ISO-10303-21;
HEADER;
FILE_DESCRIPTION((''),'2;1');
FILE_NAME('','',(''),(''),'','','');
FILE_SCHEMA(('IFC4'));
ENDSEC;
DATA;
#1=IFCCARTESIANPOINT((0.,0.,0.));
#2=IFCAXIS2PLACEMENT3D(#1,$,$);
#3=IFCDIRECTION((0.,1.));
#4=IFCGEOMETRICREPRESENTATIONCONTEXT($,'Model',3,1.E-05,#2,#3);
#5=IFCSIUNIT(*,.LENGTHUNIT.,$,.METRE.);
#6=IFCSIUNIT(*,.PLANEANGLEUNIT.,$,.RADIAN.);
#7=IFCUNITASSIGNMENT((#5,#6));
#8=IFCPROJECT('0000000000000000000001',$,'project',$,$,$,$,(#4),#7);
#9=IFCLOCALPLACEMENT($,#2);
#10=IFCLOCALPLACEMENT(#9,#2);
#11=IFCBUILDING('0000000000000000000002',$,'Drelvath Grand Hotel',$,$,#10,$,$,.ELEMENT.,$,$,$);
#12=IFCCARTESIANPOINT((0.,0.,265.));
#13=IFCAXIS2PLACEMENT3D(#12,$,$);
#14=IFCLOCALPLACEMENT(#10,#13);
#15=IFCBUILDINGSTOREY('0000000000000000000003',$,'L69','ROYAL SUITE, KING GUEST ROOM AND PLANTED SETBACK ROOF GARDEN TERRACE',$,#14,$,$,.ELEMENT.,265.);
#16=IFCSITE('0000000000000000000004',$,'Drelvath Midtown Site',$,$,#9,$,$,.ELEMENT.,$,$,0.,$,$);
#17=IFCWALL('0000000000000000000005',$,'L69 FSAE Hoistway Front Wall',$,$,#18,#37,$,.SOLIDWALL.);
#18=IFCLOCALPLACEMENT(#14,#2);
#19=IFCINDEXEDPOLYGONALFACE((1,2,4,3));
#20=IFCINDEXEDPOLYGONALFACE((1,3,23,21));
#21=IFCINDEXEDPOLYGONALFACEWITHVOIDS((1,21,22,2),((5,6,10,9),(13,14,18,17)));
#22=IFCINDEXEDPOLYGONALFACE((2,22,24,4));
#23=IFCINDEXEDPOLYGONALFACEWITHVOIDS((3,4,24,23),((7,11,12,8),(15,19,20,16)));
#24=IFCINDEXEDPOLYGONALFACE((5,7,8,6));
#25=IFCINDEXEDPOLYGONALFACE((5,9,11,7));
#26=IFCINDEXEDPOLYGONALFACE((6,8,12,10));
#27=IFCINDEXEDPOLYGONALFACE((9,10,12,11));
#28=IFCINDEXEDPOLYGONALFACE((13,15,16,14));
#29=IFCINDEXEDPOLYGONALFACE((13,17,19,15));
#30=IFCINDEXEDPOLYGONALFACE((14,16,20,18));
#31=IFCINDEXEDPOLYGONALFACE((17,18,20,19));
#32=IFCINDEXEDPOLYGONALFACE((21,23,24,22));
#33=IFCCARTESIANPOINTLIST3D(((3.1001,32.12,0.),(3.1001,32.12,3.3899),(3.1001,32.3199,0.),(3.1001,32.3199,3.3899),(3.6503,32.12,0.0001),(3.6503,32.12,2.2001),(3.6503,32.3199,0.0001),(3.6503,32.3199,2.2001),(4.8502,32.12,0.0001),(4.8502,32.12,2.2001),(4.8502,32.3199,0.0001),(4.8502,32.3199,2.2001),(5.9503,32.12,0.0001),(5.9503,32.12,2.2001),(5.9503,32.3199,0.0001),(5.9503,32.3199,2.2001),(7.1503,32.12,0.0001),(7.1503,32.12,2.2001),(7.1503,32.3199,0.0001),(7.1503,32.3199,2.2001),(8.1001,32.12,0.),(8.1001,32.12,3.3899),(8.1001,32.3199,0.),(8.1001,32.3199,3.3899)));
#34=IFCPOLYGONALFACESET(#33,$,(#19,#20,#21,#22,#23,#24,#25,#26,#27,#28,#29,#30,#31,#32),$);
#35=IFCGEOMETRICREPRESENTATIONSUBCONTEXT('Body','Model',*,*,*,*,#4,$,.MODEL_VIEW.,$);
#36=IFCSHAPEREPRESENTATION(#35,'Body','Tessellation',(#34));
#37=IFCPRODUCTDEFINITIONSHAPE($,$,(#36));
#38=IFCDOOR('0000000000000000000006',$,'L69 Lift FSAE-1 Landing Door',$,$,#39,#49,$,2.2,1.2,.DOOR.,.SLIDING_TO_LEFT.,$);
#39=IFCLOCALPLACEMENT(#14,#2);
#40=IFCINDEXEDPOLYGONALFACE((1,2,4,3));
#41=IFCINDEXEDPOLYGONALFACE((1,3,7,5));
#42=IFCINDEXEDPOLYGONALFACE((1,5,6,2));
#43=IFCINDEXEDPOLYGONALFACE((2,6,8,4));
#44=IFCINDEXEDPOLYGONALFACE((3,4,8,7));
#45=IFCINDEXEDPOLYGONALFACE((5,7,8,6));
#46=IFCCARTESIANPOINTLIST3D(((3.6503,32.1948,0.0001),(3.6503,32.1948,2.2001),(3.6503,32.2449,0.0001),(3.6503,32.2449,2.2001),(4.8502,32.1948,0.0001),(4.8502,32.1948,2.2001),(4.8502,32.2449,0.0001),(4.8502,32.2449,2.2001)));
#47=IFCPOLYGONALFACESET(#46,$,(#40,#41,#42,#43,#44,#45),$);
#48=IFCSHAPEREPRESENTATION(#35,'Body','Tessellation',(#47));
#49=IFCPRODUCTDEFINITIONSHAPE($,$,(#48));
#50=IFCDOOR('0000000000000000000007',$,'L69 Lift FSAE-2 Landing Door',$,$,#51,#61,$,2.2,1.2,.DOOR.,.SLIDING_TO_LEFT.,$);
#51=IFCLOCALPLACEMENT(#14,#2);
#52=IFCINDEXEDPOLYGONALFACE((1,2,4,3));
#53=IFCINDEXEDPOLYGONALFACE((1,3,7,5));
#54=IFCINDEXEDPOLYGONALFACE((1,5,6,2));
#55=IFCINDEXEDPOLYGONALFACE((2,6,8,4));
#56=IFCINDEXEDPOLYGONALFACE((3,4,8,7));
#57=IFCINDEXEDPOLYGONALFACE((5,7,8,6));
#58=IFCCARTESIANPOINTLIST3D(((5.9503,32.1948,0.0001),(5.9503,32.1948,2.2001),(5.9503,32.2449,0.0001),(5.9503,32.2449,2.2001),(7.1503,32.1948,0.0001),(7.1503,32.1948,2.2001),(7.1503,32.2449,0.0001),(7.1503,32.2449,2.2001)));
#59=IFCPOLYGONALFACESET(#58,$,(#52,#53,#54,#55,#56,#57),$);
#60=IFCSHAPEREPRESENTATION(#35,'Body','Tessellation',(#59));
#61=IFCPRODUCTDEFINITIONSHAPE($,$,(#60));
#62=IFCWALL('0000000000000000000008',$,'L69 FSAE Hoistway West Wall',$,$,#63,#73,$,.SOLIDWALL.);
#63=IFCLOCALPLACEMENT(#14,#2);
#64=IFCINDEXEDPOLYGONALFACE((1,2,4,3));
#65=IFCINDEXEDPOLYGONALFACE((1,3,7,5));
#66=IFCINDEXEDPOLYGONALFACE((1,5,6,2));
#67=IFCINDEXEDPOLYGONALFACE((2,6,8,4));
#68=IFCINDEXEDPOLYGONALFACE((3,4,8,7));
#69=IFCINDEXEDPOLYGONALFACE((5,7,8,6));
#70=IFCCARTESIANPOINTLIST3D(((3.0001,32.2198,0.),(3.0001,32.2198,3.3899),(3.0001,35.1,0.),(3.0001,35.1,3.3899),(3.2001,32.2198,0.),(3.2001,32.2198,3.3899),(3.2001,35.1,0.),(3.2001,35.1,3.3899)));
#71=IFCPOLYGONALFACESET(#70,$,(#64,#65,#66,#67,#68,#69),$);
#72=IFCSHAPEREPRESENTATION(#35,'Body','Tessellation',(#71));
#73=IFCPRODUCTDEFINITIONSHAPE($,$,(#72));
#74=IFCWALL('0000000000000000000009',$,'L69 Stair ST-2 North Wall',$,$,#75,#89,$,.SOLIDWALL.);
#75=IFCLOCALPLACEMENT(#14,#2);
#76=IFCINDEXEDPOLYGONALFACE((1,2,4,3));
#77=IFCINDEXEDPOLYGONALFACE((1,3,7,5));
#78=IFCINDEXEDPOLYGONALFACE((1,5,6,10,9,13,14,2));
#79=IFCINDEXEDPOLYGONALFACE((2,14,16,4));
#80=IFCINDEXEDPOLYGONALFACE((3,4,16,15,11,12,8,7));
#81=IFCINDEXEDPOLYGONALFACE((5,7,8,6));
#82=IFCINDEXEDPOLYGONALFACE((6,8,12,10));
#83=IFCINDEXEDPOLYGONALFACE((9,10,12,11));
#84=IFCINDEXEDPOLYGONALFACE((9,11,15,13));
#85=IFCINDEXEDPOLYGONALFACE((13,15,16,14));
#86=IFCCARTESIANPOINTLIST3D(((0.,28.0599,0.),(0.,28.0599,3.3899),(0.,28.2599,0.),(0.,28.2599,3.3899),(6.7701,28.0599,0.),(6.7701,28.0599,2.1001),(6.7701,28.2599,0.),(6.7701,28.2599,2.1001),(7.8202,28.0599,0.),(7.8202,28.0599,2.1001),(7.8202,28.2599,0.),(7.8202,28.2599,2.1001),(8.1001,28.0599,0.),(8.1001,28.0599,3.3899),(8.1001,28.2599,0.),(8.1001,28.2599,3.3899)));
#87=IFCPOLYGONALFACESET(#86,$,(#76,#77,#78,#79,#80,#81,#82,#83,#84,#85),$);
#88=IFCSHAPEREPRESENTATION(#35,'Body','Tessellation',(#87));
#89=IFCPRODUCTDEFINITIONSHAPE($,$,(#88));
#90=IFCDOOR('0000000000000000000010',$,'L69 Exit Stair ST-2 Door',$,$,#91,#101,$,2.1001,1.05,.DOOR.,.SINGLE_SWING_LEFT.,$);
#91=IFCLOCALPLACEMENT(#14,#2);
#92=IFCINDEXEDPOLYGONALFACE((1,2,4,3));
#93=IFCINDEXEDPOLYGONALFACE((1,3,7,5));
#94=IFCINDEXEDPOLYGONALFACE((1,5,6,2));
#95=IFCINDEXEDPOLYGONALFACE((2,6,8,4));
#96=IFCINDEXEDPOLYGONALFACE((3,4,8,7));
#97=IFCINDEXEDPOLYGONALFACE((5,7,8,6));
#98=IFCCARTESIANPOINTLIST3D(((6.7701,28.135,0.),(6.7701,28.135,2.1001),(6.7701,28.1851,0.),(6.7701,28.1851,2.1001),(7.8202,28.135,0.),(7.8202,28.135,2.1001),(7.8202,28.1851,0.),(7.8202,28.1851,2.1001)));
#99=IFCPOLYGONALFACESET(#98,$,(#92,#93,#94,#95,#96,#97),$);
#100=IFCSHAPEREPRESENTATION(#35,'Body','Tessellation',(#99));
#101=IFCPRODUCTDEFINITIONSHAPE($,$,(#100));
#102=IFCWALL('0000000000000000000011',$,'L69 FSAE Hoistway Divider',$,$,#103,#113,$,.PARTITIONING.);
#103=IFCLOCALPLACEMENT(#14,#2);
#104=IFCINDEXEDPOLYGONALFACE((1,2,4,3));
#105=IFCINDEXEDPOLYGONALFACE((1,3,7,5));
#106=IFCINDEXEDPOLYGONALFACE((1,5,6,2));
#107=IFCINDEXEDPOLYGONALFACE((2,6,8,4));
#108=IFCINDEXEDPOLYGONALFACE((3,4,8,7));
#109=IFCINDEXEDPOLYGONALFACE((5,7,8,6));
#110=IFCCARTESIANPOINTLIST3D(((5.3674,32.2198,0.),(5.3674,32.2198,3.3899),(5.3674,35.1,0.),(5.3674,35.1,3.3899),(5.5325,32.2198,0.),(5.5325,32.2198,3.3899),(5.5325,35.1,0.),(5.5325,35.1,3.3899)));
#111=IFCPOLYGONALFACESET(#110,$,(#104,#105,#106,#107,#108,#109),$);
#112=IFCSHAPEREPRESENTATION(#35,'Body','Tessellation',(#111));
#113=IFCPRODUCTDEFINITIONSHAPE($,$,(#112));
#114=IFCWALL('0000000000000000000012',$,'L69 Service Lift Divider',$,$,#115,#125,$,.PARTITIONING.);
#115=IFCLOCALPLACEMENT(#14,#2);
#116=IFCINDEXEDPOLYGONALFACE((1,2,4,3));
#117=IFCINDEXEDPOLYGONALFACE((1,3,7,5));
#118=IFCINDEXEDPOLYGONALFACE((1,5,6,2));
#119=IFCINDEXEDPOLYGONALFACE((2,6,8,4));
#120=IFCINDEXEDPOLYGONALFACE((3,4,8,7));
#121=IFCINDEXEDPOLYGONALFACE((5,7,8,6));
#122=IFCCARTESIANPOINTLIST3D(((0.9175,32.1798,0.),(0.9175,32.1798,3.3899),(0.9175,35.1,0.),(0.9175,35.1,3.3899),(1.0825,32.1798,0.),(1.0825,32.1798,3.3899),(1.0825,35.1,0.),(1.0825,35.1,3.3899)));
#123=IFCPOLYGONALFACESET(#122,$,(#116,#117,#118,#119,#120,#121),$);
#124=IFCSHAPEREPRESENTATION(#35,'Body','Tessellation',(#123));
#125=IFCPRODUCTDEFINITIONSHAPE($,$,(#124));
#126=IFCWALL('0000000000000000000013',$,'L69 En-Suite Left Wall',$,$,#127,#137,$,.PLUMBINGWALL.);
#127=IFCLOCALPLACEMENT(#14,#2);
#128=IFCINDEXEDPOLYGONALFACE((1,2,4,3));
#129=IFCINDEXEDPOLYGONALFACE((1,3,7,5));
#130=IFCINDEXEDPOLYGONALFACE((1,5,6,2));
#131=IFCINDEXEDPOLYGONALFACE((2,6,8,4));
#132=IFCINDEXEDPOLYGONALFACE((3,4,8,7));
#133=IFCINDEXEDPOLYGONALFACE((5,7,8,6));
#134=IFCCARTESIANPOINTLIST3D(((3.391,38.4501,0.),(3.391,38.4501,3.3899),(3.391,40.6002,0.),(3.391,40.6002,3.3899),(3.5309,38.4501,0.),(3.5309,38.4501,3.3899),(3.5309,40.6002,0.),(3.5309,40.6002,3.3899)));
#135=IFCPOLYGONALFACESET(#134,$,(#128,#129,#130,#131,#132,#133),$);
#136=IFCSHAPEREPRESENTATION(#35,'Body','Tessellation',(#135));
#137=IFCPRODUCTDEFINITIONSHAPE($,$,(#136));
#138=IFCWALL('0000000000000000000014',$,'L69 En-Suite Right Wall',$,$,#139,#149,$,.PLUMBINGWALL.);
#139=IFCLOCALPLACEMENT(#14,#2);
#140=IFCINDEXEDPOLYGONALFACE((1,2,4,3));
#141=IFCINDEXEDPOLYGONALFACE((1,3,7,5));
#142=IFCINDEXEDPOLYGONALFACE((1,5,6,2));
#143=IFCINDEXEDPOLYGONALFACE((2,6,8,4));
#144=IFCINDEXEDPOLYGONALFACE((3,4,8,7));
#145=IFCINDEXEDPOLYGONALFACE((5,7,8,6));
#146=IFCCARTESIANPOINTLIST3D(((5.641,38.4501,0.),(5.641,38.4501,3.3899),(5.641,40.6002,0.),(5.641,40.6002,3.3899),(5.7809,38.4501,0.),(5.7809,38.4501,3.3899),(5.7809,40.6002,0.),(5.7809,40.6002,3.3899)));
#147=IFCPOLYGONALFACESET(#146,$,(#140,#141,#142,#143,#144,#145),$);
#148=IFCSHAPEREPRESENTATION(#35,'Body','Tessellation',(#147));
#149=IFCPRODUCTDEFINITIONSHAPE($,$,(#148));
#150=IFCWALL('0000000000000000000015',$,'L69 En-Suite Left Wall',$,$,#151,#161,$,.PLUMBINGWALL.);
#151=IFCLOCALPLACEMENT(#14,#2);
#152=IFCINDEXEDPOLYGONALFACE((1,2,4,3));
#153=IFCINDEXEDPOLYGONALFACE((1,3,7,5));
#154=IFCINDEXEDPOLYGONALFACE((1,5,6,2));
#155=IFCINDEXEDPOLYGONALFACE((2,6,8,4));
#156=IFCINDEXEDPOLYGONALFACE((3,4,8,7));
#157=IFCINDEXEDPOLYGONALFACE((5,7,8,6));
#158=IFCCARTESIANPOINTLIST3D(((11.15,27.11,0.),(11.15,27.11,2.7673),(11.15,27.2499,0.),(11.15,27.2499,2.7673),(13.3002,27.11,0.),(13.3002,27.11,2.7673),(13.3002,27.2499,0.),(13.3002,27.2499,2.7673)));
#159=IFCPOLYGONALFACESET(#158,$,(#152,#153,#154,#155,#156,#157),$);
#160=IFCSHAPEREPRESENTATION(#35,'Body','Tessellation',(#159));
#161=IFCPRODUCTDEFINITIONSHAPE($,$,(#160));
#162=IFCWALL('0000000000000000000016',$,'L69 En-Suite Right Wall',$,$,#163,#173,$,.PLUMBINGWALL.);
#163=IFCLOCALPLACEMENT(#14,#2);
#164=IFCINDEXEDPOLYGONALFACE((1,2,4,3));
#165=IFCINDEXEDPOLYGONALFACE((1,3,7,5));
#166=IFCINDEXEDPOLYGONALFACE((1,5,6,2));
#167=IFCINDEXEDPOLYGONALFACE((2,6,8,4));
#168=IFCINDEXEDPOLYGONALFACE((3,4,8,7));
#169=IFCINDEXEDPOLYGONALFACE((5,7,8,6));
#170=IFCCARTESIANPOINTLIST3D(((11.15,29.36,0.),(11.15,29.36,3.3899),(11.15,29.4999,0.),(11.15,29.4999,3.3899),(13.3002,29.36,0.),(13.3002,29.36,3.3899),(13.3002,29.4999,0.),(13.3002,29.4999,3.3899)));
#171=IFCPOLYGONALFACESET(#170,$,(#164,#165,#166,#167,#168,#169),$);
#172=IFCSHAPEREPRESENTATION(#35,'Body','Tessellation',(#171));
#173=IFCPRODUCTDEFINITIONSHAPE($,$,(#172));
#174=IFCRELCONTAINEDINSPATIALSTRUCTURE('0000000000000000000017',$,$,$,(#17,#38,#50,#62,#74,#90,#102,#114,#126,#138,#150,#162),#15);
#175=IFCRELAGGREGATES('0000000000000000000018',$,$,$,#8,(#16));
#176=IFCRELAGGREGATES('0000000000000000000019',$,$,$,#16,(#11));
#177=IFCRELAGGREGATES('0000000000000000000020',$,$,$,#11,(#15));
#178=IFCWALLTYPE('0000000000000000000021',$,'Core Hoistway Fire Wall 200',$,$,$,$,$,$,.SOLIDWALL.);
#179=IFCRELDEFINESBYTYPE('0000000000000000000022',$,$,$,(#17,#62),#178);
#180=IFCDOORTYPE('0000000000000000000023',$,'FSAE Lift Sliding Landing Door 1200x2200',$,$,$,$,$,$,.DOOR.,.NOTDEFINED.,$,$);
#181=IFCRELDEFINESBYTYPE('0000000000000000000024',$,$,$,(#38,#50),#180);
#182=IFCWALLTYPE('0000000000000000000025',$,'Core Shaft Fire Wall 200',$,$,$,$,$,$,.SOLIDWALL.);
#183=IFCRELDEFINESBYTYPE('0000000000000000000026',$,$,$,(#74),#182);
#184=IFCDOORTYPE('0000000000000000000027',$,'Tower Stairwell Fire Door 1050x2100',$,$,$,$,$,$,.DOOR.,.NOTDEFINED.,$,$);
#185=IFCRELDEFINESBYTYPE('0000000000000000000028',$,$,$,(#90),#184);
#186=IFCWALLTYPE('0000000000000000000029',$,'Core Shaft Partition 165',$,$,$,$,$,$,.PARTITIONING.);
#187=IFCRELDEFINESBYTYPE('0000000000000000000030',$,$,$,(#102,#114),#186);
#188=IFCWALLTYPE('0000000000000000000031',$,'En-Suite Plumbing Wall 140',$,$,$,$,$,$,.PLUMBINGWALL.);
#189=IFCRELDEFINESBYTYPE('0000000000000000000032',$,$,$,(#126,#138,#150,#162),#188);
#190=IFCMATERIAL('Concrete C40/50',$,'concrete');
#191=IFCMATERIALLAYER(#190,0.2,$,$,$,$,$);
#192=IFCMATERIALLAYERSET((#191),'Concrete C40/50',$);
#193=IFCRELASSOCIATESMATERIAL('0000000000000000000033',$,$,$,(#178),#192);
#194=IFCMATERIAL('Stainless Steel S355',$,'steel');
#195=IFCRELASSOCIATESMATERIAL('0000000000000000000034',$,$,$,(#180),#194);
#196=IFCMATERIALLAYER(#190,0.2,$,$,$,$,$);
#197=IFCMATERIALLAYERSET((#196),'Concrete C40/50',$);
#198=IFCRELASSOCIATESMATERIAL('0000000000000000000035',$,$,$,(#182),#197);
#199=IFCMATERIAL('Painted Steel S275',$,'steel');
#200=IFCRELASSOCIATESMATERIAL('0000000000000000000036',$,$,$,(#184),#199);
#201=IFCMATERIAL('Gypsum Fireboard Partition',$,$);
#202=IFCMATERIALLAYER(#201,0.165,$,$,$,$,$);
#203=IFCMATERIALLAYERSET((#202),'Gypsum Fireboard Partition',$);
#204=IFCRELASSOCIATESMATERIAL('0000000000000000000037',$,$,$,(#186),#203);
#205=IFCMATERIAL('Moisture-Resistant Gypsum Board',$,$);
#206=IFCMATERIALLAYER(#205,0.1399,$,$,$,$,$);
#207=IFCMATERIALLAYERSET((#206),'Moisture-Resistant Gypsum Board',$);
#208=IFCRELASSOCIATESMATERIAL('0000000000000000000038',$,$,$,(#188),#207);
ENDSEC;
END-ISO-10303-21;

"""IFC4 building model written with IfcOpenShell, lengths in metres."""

from ifc_helpers import new_model, si_unit, direction, frame, frame_2d, origin, place, context, subcontext, project, spatial, rectangle, extrude, material, layer, layer_set, type_object, element, fill, save


model = new_model("IFC4")

# Units and contexts
model_context = context("Model", 3, precision=1e-05, world=origin(), true_north=direction((0.0, 1.0)))
body_context = subcontext(model_context, "Body", "Model", "MODEL_VIEW")
ifc_project = project(units=[si_unit("LENGTHUNIT", "METRE"), si_unit("PLANEANGLEUNIT", "RADIAN")], contexts=[model_context])

# Site, building, storey
site_placement = place(None, origin())
site = spatial("IfcSite", under=ifc_project, at=site_placement, Name="Drelvath Midtown Site", CompositionType="ELEMENT", RefElevation=0.0)
building_placement = place(site_placement, origin())
building = spatial("IfcBuilding", under=site, at=building_placement, Name="Drelvath Grand Hotel", CompositionType="ELEMENT")
storey_placement = place(building_placement, frame((0.0, 0.0, 265.0)))
storey = spatial("IfcBuildingStorey", under=building, at=storey_placement, Name="L69", Description="ROYAL SUITE, KING GUEST ROOM AND PLANTED SETBACK ROOF GARDEN TERRACE", CompositionType="ELEMENT", Elevation=265.0)

# Wall, openings, doors
ifc_material_1 = material(Name="Concrete C40/50", Category="concrete")
ifc_layer_1 = layer(ifc_material_1, 0.2)
ifc_layer_set_1 = layer_set([ifc_layer_1], Name="Concrete C40/50")
wall_type_1 = type_object("IfcWallType", Name="Core Hoistway Fire Wall 200", PredefinedType="SOLIDWALL", material=ifc_layer_set_1)
wall_1_placement = place(storey_placement, frame((3.1001, 32.22, 0.0), z_axis=(0.0, 0.0, 1.0), x_axis=(1.0, 0.0, 0.0)))
wall_1 = element("IfcWall", 1, at=wall_1_placement, inside=storey, type_object=wall_type_1, Name="L69 FSAE Hoistway Front Wall", PredefinedType="SOLIDWALL", context=body_context, shape_type="SweptSolid", body=[
    extrude(rectangle(XDim=5.0, YDim=0.2, at=frame_2d((2.5, 0.0))), origin(), (0.0, 0.0, 1.0), 3.3899),
])
opening_1_placement = place(wall_1_placement, frame((0.55, 0.0, 0.0)))
opening_1 = element("IfcOpeningElement", 2, at=opening_1_placement, cuts=wall_1, PredefinedType="OPENING", context=body_context, shape_type="SweptSolid", body=[
    extrude(rectangle(XDim=1.2, YDim=2.2, at=frame_2d((0.6001, 1.1001))), frame((0.0, 0.1099, 0.0), z_axis=(0.0, -1.0, 0.0), x_axis=(1.0, 0.0, 0.0)), (0.0, 0.0, 1.0), 0.22),
])
opening_2_placement = place(wall_1_placement, frame((2.8501, 0.0, 0.0)))
opening_2 = element("IfcOpeningElement", 3, at=opening_2_placement, cuts=wall_1, PredefinedType="OPENING", context=body_context, shape_type="SweptSolid", body=[
    extrude(rectangle(XDim=1.2, YDim=2.2, at=frame_2d((0.6001, 1.1001))), frame((0.0, 0.1099, 0.0), z_axis=(0.0, -1.0, 0.0), x_axis=(1.0, 0.0, 0.0)), (0.0, 0.0, 1.0), 0.22),
])
ifc_material_2 = material(Name="Stainless Steel S355", Category="steel")
door_type_1 = type_object("IfcDoorType", Name="FSAE Lift Sliding Landing Door 1200x2200", OperationType="NOTDEFINED", PredefinedType="DOOR", material=ifc_material_2)
door_1_placement = place(opening_1_placement, origin())
door_1 = element("IfcDoor", 4, at=door_1_placement, inside=storey, type_object=door_type_1, Name="L69 Lift FSAE-1 Landing Door", OperationType="SLIDING_TO_LEFT", OverallHeight=2.2, OverallWidth=1.2, PredefinedType="DOOR", context=body_context, shape_type="SweptSolid", body=[
    extrude(rectangle(XDim=1.2, YDim=2.2, at=frame_2d((0.6001, 1.1001))), frame((0.0, 0.0249, 0.0), z_axis=(0.0, -1.0, 0.0), x_axis=(1.0, 0.0, 0.0)), (0.0, 0.0, 1.0), 0.05),
])
fill(opening_1, door_1)
door_2_placement = place(opening_2_placement, origin())
door_2 = element("IfcDoor", 5, at=door_2_placement, inside=storey, type_object=door_type_1, Name="L69 Lift FSAE-2 Landing Door", OperationType="SLIDING_TO_LEFT", OverallHeight=2.2, OverallWidth=1.2, PredefinedType="DOOR", context=body_context, shape_type="SweptSolid", body=[
    extrude(rectangle(XDim=1.2, YDim=2.2, at=frame_2d((0.6001, 1.1001))), frame((0.0, 0.0249, 0.0), z_axis=(0.0, -1.0, 0.0), x_axis=(1.0, 0.0, 0.0)), (0.0, 0.0, 1.0), 0.05),
])
fill(opening_2, door_2)

# Wall
wall_2_placement = place(storey_placement, frame((3.1001, 32.22, 0.0), z_axis=(0.0, 0.0, 1.0), x_axis=(0.0, 1.0, 0.0)))
element("IfcWall", 6, at=wall_2_placement, inside=storey, type_object=wall_type_1, Name="L69 FSAE Hoistway West Wall", PredefinedType="SOLIDWALL", context=body_context, shape_type="SweptSolid", body=[
    extrude(rectangle(XDim=2.8801, YDim=0.2, at=frame_2d((1.4399, 0.0))), origin(), (0.0, 0.0, 1.0), 3.3899),
])

# Wall, opening, door
ifc_layer_2 = layer(ifc_material_1, 0.2)
ifc_layer_set_2 = layer_set([ifc_layer_2], Name="Concrete C40/50")
wall_type_2 = type_object("IfcWallType", Name="Core Shaft Fire Wall 200", PredefinedType="SOLIDWALL", material=ifc_layer_set_2)
wall_3_placement = place(storey_placement, frame((8.1001, 28.1599, 0.0), z_axis=(0.0, 0.0, 1.0), x_axis=(-1.0, 0.0, 0.0)))
wall_3 = element("IfcWall", 7, at=wall_3_placement, inside=storey, type_object=wall_type_2, Name="L69 Stair ST-2 North Wall", PredefinedType="SOLIDWALL", context=body_context, shape_type="SweptSolid", body=[
    extrude(rectangle(XDim=8.1001, YDim=0.2, at=frame_2d((4.05, 0.0))), origin(), (0.0, 0.0, 1.0), 3.3899),
])
opening_3_placement = place(wall_3_placement, frame((0.28, 0.0, 0.0)))
opening_3 = element("IfcOpeningElement", 8, at=opening_3_placement, cuts=wall_3, PredefinedType="OPENING", context=body_context, shape_type="SweptSolid", body=[
    extrude(rectangle(XDim=1.05, YDim=2.1001, at=frame_2d((0.5249, 1.05))), frame((0.0, 0.1099, 0.0), z_axis=(0.0, -1.0, 0.0), x_axis=(1.0, 0.0, 0.0)), (0.0, 0.0, 1.0), 0.22),
])
ifc_material_3 = material(Name="Painted Steel S275", Category="steel")
door_type_2 = type_object("IfcDoorType", Name="Tower Stairwell Fire Door 1050x2100", OperationType="NOTDEFINED", PredefinedType="DOOR", material=ifc_material_3)
door_3_placement = place(opening_3_placement, origin())
door_3 = element("IfcDoor", 9, at=door_3_placement, inside=storey, type_object=door_type_2, Name="L69 Exit Stair ST-2 Door", OperationType="SINGLE_SWING_LEFT", OverallHeight=2.1001, OverallWidth=1.05, PredefinedType="DOOR", context=body_context, shape_type="SweptSolid", body=[
    extrude(rectangle(XDim=1.05, YDim=2.1001, at=frame_2d((0.5249, 1.05))), frame((0.0, 0.0249, 0.0), z_axis=(0.0, -1.0, 0.0), x_axis=(1.0, 0.0, 0.0)), (0.0, 0.0, 1.0), 0.05),
])
fill(opening_3, door_3)

# Walls
ifc_material_4 = material(Name="Gypsum Fireboard Partition")
ifc_layer_3 = layer(ifc_material_4, 0.165)
ifc_layer_set_3 = layer_set([ifc_layer_3], Name="Gypsum Fireboard Partition")
wall_type_3 = type_object("IfcWallType", Name="Core Shaft Partition 165", PredefinedType="PARTITIONING", material=ifc_layer_set_3)
wall_4_placement = place(storey_placement, frame((5.45, 32.22, 0.0), z_axis=(0.0, 0.0, 1.0), x_axis=(0.0, 1.0, 0.0)))
element("IfcWall", 10, at=wall_4_placement, inside=storey, type_object=wall_type_3, Name="L69 FSAE Hoistway Divider", PredefinedType="PARTITIONING", context=body_context, shape_type="SweptSolid", body=[
    extrude(rectangle(XDim=2.8801, YDim=0.165, at=frame_2d((1.4399, 0.0))), origin(), (0.0, 0.0, 1.0), 3.3899),
])
wall_5_placement = place(storey_placement, frame((1.0, 32.1799, 0.0), z_axis=(0.0, 0.0, 1.0), x_axis=(0.0, 1.0, 0.0)))
element("IfcWall", 11, at=wall_5_placement, inside=storey, type_object=wall_type_3, Name="L69 Service Lift Divider", PredefinedType="PARTITIONING", context=body_context, shape_type="SweptSolid", body=[
    extrude(rectangle(XDim=2.9202, YDim=0.165, at=frame_2d((1.46, 0.0))), origin(), (0.0, 0.0, 1.0), 3.3899),
])
ifc_material_5 = material(Name="Moisture-Resistant Gypsum Board")
ifc_layer_4 = layer(ifc_material_5, 0.1399)
ifc_layer_set_4 = layer_set([ifc_layer_4], Name="Moisture-Resistant Gypsum Board")
wall_type_4 = type_object("IfcWallType", Name="En-Suite Plumbing Wall 140", PredefinedType="PLUMBINGWALL", material=ifc_layer_set_4)
for number, where, z_axis, x_axis, name in (
    (12, (3.4609, 38.45, 0.0), (0.0, 0.0, 1.0), (0.0, 1.0, 0.0), "L69 En-Suite Left Wall"),
    (13, (5.7109, 38.45, 0.0), (0.0, 0.0, 1.0), (0.0, 1.0, 0.0), "L69 En-Suite Right Wall"),
):
    element("IfcWall", number, at=place(storey_placement, frame(where, z_axis=z_axis, x_axis=x_axis)), inside=storey, type_object=wall_type_4, Name=name, PredefinedType="PLUMBINGWALL", context=body_context, shape_type="SweptSolid", body=[
        extrude(rectangle(XDim=2.1501, YDim=0.1399, at=frame_2d((1.0752, 0.0))), origin(), (0.0, 0.0, 1.0), 3.3899),
    ])
wall_6_placement = place(storey_placement, frame((11.1499, 27.1799, 0.0), z_axis=(0.0, 0.0, 1.0), x_axis=(1.0, 0.0, 0.0)))
element("IfcWall", 14, at=wall_6_placement, inside=storey, type_object=wall_type_4, Name="L69 En-Suite Left Wall", PredefinedType="PLUMBINGWALL", context=body_context, shape_type="SweptSolid", body=[
    extrude(rectangle(XDim=2.1501, YDim=0.1399, at=frame_2d((1.0752, 0.0))), origin(), (0.0, 0.0, 1.0), 2.7673),
])
for number, where, z_axis, x_axis, name in (
    (15, (11.1499, 29.4299, 0.0), (0.0, 0.0, 1.0), (1.0, 0.0, 0.0), "L69 En-Suite Right Wall"),
):
    element("IfcWall", number, at=place(storey_placement, frame(where, z_axis=z_axis, x_axis=x_axis)), inside=storey, type_object=wall_type_4, Name=name, PredefinedType="PLUMBINGWALL", context=body_context, shape_type="SweptSolid", body=[
        extrude(rectangle(XDim=2.1501, YDim=0.1399, at=frame_2d((1.0752, 0.0))), origin(), (0.0, 0.0, 1.0), 3.3899),
    ])

save(model, "model.ifc")
